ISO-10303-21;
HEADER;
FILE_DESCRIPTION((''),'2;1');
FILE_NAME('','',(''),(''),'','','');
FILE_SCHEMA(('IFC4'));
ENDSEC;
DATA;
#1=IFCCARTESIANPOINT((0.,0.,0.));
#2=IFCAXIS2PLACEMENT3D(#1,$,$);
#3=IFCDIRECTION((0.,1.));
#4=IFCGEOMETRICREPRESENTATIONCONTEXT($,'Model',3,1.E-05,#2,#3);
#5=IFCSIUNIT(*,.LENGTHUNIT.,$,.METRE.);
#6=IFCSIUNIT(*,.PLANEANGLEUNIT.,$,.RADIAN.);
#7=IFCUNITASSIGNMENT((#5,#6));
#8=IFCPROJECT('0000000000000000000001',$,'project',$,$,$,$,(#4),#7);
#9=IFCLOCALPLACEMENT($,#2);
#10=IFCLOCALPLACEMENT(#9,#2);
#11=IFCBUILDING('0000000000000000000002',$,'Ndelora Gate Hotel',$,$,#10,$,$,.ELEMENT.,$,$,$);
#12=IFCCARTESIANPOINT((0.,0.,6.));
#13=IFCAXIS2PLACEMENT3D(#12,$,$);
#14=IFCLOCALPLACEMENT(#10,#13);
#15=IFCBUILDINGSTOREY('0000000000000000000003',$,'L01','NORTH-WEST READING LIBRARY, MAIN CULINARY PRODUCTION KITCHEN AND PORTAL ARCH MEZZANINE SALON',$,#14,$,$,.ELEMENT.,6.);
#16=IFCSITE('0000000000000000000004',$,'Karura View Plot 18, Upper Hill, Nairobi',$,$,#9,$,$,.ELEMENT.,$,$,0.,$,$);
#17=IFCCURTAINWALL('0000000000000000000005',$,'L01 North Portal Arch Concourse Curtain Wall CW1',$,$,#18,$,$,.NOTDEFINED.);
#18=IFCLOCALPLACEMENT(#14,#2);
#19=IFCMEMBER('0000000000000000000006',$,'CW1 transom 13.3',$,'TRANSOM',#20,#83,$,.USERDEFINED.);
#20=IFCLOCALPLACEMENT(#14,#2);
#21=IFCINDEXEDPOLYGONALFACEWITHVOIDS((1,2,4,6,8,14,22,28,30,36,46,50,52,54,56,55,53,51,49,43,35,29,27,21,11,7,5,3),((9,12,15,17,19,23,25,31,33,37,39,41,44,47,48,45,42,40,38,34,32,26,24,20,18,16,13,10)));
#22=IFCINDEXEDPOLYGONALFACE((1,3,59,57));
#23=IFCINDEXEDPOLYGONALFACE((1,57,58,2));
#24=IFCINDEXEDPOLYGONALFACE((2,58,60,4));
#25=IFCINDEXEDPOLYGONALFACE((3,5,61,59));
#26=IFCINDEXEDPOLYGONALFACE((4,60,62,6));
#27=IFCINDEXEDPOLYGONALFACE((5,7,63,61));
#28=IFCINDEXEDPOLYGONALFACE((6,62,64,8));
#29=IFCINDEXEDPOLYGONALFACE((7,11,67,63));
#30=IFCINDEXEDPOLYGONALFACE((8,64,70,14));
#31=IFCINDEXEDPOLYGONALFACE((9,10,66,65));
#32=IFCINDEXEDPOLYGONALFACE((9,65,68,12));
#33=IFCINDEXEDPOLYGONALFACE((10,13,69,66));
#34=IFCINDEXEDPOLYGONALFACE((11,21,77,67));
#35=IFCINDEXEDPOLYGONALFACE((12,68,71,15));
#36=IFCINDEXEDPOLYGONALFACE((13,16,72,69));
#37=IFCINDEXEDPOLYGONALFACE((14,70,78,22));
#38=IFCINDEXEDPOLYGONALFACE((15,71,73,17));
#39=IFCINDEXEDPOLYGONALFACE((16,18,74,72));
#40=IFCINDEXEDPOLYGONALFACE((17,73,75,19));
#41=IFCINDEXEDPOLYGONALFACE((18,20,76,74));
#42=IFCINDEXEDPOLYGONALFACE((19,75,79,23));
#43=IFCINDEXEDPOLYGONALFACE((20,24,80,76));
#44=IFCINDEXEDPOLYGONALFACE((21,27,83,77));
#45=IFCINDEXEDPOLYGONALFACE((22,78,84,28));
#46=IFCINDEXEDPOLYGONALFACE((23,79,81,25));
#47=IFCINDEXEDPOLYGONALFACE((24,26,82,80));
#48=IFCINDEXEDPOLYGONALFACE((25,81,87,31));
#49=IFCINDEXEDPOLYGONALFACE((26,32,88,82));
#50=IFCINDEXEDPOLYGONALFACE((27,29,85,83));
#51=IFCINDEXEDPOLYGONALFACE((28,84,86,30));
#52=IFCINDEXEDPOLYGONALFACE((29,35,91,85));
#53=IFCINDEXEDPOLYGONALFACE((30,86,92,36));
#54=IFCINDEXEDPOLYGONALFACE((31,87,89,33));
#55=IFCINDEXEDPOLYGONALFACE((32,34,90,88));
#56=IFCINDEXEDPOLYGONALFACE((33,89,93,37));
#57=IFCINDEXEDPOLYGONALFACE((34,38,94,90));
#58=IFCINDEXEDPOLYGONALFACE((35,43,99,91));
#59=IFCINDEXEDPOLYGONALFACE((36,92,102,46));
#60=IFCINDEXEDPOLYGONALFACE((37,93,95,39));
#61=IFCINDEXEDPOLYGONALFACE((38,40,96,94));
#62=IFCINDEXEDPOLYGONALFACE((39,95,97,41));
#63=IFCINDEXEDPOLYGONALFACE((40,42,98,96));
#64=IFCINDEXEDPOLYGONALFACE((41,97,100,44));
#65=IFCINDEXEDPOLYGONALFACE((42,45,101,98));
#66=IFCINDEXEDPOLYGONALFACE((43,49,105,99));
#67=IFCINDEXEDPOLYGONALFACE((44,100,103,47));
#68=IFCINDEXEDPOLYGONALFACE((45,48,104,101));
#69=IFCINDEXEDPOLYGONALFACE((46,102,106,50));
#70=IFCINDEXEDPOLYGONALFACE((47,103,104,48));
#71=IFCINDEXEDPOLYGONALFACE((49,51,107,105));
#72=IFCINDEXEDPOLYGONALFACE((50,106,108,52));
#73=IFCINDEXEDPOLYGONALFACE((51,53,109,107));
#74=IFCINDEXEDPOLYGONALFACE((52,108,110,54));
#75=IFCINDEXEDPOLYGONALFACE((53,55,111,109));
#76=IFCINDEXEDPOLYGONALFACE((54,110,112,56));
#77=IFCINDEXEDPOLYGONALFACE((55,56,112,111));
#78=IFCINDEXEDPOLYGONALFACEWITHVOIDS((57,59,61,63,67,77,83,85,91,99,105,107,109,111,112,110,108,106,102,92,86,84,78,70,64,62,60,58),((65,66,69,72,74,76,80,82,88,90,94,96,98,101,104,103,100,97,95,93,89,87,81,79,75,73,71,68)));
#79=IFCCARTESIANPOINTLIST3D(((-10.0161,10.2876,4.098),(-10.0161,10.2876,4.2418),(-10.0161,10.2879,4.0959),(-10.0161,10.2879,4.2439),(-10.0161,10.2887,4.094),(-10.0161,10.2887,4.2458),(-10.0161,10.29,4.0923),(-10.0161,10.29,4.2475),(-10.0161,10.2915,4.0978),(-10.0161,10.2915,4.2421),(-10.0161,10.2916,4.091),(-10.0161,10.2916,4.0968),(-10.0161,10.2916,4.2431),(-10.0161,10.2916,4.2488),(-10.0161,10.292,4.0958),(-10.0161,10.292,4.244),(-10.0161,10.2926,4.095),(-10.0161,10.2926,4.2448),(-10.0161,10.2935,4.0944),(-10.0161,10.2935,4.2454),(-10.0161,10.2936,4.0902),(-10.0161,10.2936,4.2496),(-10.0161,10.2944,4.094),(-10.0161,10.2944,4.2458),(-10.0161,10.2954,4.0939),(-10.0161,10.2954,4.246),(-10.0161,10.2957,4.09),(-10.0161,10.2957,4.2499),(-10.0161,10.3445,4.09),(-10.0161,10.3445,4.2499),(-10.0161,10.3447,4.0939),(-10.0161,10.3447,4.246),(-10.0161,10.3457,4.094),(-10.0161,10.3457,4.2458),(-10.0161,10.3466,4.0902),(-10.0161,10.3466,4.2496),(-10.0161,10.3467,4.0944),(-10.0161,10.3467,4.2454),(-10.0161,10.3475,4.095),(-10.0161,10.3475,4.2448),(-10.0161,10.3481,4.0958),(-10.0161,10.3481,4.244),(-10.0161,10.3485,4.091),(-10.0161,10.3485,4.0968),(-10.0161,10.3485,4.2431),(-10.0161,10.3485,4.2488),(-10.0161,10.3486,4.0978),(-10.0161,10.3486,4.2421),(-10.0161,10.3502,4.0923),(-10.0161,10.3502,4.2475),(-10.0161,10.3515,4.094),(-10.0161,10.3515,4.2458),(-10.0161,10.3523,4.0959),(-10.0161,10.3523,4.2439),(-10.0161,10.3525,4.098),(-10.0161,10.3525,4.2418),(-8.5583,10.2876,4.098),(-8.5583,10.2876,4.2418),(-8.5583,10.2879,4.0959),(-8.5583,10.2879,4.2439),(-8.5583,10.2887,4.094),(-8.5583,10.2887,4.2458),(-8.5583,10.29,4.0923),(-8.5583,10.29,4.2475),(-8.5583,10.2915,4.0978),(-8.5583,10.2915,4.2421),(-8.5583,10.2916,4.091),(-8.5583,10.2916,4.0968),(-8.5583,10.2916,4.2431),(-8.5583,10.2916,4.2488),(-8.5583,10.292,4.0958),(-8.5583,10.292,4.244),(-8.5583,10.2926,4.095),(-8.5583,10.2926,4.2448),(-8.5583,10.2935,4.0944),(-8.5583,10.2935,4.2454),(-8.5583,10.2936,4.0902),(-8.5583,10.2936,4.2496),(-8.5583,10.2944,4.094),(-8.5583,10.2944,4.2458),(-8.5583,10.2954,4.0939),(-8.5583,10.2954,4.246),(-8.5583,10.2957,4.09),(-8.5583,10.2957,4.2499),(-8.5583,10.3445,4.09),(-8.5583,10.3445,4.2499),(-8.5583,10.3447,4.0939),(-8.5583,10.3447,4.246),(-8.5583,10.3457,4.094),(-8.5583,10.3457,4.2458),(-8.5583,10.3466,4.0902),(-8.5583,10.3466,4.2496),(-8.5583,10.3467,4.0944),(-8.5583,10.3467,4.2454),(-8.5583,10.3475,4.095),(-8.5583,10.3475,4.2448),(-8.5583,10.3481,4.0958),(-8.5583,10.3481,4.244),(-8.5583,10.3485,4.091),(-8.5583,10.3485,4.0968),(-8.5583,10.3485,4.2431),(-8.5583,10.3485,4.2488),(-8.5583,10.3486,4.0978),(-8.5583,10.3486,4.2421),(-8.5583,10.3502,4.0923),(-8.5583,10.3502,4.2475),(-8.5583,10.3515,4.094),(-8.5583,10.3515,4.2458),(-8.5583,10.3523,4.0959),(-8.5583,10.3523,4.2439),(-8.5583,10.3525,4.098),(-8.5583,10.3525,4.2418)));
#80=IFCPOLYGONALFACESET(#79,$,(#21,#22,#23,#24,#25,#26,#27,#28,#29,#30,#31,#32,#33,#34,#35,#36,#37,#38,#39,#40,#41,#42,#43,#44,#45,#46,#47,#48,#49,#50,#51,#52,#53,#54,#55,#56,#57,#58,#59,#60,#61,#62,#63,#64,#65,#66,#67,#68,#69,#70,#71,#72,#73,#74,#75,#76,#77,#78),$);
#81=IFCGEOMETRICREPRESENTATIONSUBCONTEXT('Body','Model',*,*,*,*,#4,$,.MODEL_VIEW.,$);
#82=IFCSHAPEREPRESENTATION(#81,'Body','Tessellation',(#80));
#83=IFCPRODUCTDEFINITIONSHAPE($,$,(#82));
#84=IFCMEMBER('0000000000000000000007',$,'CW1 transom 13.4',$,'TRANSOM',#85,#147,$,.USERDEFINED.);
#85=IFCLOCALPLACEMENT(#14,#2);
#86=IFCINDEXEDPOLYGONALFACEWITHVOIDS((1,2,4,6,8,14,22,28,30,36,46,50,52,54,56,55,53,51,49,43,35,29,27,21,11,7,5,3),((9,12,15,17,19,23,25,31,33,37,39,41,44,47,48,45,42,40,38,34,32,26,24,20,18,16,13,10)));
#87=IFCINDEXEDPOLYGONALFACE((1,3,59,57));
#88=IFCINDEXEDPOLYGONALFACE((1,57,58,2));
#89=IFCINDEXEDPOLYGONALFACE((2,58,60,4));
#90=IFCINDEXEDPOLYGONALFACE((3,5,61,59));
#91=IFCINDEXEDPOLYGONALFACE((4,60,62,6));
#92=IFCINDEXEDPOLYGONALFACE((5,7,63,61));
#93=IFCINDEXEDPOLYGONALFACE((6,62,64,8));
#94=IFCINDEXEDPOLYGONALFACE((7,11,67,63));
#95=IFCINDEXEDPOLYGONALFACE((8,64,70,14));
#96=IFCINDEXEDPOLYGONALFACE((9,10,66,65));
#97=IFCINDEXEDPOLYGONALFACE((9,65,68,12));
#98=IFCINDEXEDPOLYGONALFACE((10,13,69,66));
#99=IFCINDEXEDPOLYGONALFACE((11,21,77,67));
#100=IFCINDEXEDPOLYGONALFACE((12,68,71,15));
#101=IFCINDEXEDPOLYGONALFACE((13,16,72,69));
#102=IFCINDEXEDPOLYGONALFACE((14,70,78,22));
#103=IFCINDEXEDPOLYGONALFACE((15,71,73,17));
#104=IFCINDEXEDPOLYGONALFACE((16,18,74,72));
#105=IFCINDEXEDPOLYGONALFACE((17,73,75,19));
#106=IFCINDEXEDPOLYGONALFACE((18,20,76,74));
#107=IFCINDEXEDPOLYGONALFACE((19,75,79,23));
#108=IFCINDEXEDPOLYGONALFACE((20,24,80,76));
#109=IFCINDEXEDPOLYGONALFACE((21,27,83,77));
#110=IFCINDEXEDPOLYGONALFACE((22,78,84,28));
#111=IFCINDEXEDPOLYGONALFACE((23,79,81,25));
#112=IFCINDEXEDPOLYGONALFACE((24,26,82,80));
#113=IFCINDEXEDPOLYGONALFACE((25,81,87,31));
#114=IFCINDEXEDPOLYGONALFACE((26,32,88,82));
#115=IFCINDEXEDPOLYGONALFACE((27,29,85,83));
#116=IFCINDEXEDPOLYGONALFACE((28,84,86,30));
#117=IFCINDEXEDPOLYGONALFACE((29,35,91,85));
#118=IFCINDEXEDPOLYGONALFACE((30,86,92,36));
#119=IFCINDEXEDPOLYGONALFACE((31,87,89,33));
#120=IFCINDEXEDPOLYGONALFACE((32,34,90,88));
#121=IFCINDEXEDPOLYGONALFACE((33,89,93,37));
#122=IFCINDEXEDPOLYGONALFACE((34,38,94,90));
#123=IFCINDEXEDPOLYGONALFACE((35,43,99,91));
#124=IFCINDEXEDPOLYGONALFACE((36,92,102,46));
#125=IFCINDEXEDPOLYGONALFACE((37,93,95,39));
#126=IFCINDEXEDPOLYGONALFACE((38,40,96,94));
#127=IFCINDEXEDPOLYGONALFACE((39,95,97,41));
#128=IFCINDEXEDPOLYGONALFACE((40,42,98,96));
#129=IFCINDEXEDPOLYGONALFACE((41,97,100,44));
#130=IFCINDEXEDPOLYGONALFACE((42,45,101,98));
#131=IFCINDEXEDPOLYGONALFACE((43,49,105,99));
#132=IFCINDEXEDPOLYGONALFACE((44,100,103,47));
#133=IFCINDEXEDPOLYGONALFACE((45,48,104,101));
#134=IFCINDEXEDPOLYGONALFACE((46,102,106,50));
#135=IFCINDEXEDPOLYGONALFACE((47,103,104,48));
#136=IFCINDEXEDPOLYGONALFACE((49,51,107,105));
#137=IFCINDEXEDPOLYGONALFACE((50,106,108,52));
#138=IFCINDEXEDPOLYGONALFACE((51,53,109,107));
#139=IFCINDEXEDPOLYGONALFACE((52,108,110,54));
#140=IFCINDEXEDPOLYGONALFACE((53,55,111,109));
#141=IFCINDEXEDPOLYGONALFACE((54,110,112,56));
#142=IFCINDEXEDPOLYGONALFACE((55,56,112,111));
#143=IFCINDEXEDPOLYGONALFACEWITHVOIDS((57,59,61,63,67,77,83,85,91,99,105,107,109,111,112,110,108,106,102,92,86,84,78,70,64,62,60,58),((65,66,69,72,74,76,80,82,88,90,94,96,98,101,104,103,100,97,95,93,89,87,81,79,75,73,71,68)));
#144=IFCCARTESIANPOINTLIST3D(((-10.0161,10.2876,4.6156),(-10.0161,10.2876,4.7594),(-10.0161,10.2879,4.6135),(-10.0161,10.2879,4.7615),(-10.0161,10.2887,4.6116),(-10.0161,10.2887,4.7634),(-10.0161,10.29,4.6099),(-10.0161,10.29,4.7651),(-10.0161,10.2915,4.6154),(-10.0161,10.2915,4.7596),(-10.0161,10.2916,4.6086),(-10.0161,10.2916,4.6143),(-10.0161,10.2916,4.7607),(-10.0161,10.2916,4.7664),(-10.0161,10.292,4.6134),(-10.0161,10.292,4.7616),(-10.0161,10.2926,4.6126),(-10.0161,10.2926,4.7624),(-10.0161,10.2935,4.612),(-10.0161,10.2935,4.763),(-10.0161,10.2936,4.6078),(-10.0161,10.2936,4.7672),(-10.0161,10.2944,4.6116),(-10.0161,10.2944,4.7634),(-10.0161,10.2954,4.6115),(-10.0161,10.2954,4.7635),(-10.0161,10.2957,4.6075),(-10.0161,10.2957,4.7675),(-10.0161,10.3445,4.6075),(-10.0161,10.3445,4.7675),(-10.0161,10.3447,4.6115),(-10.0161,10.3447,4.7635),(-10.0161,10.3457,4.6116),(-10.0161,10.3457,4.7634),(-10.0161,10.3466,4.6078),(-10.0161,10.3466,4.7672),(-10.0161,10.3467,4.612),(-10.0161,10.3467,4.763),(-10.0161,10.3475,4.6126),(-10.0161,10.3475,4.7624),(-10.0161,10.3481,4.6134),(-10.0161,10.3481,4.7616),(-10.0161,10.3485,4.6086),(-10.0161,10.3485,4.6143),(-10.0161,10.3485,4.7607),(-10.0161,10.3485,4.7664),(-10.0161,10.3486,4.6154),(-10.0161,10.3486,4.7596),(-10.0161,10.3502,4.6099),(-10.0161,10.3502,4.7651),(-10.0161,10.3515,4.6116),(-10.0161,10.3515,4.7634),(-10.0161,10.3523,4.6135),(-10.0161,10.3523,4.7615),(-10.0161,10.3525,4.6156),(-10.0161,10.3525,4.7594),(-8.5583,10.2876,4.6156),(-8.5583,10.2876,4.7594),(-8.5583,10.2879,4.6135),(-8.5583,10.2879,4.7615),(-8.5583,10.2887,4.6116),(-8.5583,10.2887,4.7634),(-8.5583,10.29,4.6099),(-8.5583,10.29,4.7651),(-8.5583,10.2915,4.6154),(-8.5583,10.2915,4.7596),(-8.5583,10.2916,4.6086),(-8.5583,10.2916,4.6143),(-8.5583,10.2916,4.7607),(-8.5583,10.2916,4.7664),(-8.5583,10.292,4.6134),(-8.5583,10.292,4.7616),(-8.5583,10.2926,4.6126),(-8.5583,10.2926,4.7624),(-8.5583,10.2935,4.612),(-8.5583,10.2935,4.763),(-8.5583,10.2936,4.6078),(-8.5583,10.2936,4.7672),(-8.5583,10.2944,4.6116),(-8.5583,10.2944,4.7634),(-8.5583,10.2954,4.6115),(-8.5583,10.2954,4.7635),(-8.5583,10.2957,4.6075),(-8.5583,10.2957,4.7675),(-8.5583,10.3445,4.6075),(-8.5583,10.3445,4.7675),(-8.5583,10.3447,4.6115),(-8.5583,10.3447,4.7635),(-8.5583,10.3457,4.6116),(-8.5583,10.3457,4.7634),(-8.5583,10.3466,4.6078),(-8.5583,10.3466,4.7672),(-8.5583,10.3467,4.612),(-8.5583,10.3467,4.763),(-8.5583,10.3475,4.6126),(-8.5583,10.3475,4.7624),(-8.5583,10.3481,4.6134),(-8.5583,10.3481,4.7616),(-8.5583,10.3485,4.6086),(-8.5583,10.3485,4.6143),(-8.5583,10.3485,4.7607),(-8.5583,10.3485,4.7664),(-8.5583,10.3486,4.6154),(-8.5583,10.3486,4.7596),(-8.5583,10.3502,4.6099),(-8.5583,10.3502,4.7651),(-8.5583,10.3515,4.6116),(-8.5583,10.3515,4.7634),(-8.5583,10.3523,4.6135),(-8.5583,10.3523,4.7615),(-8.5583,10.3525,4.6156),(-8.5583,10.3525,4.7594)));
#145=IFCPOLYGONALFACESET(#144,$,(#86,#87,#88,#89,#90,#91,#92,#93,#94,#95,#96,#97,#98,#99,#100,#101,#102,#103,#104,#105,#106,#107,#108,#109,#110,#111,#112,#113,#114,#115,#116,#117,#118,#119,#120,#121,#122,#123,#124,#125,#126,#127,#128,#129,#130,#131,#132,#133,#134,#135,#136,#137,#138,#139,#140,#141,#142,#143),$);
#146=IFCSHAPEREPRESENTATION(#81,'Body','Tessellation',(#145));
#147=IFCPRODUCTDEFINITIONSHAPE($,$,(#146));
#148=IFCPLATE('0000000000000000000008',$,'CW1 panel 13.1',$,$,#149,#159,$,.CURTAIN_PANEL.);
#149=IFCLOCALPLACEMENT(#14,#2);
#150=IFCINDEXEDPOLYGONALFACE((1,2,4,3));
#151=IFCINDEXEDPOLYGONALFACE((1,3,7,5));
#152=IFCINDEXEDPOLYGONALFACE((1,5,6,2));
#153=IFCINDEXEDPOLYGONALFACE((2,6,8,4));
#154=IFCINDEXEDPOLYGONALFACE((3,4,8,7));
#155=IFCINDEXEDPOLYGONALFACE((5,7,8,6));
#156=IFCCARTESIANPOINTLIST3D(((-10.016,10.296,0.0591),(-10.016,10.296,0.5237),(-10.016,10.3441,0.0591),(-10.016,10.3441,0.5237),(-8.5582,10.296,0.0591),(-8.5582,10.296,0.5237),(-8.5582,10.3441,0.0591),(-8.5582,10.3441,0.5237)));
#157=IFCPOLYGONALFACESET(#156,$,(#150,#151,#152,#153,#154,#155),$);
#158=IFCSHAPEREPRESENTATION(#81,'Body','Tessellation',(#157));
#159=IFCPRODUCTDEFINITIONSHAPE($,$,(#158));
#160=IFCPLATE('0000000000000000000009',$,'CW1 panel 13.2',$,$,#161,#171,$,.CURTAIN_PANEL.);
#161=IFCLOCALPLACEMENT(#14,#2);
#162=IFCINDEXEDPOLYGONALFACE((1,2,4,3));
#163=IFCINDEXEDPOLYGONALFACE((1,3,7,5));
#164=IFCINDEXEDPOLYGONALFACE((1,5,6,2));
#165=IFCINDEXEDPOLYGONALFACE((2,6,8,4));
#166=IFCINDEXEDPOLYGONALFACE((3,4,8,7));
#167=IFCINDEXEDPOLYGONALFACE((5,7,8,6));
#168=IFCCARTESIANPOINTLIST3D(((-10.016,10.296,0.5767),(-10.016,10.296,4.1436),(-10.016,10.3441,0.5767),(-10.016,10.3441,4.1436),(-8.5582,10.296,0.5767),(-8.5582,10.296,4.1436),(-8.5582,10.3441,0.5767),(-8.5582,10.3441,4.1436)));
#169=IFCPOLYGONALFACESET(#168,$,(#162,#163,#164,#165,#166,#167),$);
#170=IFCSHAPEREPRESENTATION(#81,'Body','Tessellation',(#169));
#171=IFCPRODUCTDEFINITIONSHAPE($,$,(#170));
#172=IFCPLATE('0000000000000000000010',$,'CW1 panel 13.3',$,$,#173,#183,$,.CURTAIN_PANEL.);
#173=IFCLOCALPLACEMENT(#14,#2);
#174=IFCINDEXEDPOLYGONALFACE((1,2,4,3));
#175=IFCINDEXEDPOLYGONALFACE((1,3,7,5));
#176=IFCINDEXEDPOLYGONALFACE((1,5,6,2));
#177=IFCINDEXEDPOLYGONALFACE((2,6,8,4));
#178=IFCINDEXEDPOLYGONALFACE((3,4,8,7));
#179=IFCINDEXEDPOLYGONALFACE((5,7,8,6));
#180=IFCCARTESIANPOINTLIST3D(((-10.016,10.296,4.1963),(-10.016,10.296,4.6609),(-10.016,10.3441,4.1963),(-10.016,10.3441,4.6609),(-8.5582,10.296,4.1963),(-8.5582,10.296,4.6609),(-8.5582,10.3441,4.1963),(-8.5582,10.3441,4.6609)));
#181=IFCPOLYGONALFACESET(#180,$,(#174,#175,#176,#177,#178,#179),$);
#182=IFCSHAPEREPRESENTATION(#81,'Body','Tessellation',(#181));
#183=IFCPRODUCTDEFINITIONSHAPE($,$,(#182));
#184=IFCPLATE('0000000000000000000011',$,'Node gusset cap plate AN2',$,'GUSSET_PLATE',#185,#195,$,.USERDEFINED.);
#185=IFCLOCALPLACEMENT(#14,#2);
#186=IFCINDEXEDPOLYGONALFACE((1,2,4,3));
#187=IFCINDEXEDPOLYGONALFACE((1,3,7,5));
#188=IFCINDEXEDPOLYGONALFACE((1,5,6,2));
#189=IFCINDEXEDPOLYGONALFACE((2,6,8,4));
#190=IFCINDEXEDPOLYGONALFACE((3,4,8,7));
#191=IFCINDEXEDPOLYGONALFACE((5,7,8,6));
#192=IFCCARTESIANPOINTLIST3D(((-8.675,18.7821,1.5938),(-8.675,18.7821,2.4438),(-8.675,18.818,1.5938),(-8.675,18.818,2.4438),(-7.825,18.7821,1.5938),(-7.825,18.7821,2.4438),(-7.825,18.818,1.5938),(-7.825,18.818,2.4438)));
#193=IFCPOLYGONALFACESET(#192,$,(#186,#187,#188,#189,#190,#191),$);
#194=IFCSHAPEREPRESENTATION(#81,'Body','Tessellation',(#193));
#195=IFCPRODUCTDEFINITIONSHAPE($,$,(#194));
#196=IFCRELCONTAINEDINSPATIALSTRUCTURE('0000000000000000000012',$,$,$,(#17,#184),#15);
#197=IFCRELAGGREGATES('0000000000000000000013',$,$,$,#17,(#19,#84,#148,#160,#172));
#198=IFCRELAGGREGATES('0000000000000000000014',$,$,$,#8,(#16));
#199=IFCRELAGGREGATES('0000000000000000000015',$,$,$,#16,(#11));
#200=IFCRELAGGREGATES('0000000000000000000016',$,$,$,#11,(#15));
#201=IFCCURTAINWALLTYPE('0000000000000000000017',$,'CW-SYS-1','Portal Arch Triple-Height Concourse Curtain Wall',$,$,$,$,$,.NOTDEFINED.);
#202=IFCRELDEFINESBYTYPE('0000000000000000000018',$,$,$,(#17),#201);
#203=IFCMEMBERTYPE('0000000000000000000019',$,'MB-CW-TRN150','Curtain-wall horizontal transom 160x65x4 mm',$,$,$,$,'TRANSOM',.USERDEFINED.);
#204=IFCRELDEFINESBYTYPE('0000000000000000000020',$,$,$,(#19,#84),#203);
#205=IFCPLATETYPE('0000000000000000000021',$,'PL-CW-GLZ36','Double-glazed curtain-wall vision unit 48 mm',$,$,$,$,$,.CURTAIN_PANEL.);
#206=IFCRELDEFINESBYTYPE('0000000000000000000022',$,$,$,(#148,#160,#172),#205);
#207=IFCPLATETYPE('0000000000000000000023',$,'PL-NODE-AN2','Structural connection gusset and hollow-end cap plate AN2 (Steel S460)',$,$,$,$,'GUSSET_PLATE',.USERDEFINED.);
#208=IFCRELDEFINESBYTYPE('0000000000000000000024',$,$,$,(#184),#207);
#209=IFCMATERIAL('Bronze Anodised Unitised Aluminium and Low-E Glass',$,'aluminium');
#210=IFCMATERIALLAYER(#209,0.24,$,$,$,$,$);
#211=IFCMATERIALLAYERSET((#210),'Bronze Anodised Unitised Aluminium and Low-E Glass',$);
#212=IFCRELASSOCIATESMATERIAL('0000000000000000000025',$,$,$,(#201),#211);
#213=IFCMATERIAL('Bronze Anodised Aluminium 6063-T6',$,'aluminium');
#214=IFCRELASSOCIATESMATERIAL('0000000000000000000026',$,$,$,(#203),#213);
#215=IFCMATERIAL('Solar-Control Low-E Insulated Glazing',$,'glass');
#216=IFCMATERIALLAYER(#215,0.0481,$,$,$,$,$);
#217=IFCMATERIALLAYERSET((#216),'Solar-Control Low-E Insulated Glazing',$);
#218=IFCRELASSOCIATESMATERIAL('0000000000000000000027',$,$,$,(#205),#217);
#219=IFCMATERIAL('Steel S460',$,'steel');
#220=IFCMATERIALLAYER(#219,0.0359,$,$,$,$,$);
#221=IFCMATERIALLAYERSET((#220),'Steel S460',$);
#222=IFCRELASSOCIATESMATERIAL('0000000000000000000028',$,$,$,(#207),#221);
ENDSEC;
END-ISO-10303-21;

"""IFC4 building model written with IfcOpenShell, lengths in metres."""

from ifc_helpers import new_model, si_unit, direction, frame, origin, origin_2d, place, context, subcontext, project, spatial, rectangle, hollow_rectangle, extrude, material, layer, layer_set, material_profile, profile_set, type_object, element, aggregate, save


model = new_model("IFC4")

# Units and contexts
model_context = context("Model", 3, precision=1e-05, world=origin(), true_north=direction((0.0, 1.0)))
body_context = subcontext(model_context, "Body", "Model", "MODEL_VIEW")
ifc_project = project(units=[si_unit("LENGTHUNIT", "METRE"), si_unit("PLANEANGLEUNIT", "RADIAN")], contexts=[model_context])

# Site, building, storey
site_placement = place(None, origin())
site = spatial("IfcSite", under=ifc_project, at=site_placement, Name="Karura View Plot 18, Upper Hill, Nairobi", CompositionType="ELEMENT", RefElevation=0.0)
building_placement = place(site_placement, origin())
building = spatial("IfcBuilding", under=site, at=building_placement, Name="Ndelora Gate Hotel", CompositionType="ELEMENT")
storey_placement = place(building_placement, frame((0.0, 0.0, 6.0)))
storey = spatial("IfcBuildingStorey", under=building, at=storey_placement, Name="L01", Description="NORTH-WEST READING LIBRARY, MAIN CULINARY PRODUCTION KITCHEN AND PORTAL ARCH MEZZANINE SALON", CompositionType="ELEMENT", Elevation=6.0)

# Shared definitions
ifc_material_1 = material(Name="Steel S460", Category="steel")

# Curtain wall, members, plates
ifc_material_2 = material(Name="Bronze Anodised Unitised Aluminium and Low-E Glass", Category="aluminium")
ifc_layer_1 = layer(ifc_material_2, 0.24)
ifc_layer_set_1 = layer_set([ifc_layer_1], Name="Bronze Anodised Unitised Aluminium and Low-E Glass")
curtain_wall_type = type_object("IfcCurtainWallType", Name="CW-SYS-1", Description="Portal Arch Triple-Height Concourse Curtain Wall", PredefinedType="NOTDEFINED", material=ifc_layer_set_1)
curtain_wall_placement = place(storey_placement, origin())
curtain_wall = element("IfcCurtainWall", 1, at=curtain_wall_placement, inside=storey, type_object=curtain_wall_type, Name="L01 North Portal Arch Concourse Curtain Wall CW1", PredefinedType="NOTDEFINED")
ifc_material_3 = material(Name="Bronze Anodised Aluminium 6063-T6", Category="aluminium")
ifc_material_profile_1 = material_profile(ifc_material_3, hollow_rectangle(XDim=0.0649, YDim=0.1599, WallThickness=0.0039, InnerFilletRadius=0.0039, OuterFilletRadius=0.0081, at=origin_2d()), Name="ALU 160x65x4")
ifc_profile_set_1 = profile_set([ifc_material_profile_1], Name="Bronze Anodised Aluminium 6063-T6")
member_type_1 = type_object("IfcMemberType", Name="MB-CW-TRN150", Description="Curtain-wall horizontal transom 160x65x4 mm", ElementType="TRANSOM", PredefinedType="USERDEFINED", material=ifc_profile_set_1)
member_1_placement = place(storey_placement, frame((-8.5583, 10.3201, 4.1699), z_axis=(-1.0, 0.0, 0.0), x_axis=(0.0, -1.0, 0.0)))
member_1 = element("IfcMember", 2, at=member_1_placement, type_object=member_type_1, Name="CW1 transom 13.3", ObjectType="TRANSOM", PredefinedType="USERDEFINED", context=body_context, shape_type="SweptSolid", body=[
    extrude(hollow_rectangle(XDim=0.0649, YDim=0.1599, WallThickness=0.0039, InnerFilletRadius=0.0039, OuterFilletRadius=0.0081, at=origin_2d()), origin(), (0.0, 0.0, 1.0), 1.4578),
])
member_2_placement = place(storey_placement, frame((-8.5583, 10.3201, 4.6875), z_axis=(-1.0, 0.0, 0.0), x_axis=(0.0, -1.0, 0.0)))
member_2 = element("IfcMember", 3, at=member_2_placement, type_object=member_type_1, Name="CW1 transom 13.4", ObjectType="TRANSOM", PredefinedType="USERDEFINED", context=body_context, shape_type="SweptSolid", body=[
    extrude(hollow_rectangle(XDim=0.0649, YDim=0.1599, WallThickness=0.0039, InnerFilletRadius=0.0039, OuterFilletRadius=0.0081, at=origin_2d()), origin(), (0.0, 0.0, 1.0), 1.4578),
])
ifc_material_4 = material(Name="Solar-Control Low-E Insulated Glazing", Category="glass")
ifc_layer_2 = layer(ifc_material_4, 0.0481)
ifc_layer_set_2 = layer_set([ifc_layer_2], Name="Solar-Control Low-E Insulated Glazing")
plate_type_1 = type_object("IfcPlateType", Name="PL-CW-GLZ36", Description="Double-glazed curtain-wall vision unit 48 mm", PredefinedType="CURTAIN_PANEL", material=ifc_layer_set_2)
plate_1_placement = place(storey_placement, frame((-9.2871, 10.3201, 0.0591), z_axis=(0.0, 0.0, 1.0), x_axis=(-1.0, 0.0, 0.0)))
plate_1 = element("IfcPlate", 4, at=plate_1_placement, type_object=plate_type_1, Name="CW1 panel 13.1", PredefinedType="CURTAIN_PANEL", context=body_context, shape_type="SweptSolid", body=[
    extrude(rectangle(XDim=1.4578, YDim=0.0481, at=origin_2d()), origin(), (0.0, 0.0, 1.0), 0.4646),
])
plate_2_placement = place(storey_placement, frame((-9.2871, 10.3201, 0.5767), z_axis=(0.0, 0.0, 1.0), x_axis=(-1.0, 0.0, 0.0)))
plate_2 = element("IfcPlate", 5, at=plate_2_placement, type_object=plate_type_1, Name="CW1 panel 13.2", PredefinedType="CURTAIN_PANEL", context=body_context, shape_type="SweptSolid", body=[
    extrude(rectangle(XDim=1.4578, YDim=0.0481, at=origin_2d()), origin(), (0.0, 0.0, 1.0), 3.5669),
])
plate_3_placement = place(storey_placement, frame((-9.2871, 10.3201, 4.1963), z_axis=(0.0, 0.0, 1.0), x_axis=(-1.0, 0.0, 0.0)))
plate_3 = element("IfcPlate", 6, at=plate_3_placement, type_object=plate_type_1, Name="CW1 panel 13.3", PredefinedType="CURTAIN_PANEL", context=body_context, shape_type="SweptSolid", body=[
    extrude(rectangle(XDim=1.4578, YDim=0.0481, at=origin_2d()), origin(), (0.0, 0.0, 1.0), 0.4646),
])
aggregate(curtain_wall, [member_1, member_2, plate_1, plate_2, plate_3])

# Plate
ifc_layer_3 = layer(ifc_material_1, 0.0359)
ifc_layer_set_3 = layer_set([ifc_layer_3], Name="Steel S460")
plate_type_2 = type_object("IfcPlateType", Name="PL-NODE-AN2", Description="Structural connection gusset and hollow-end cap plate AN2 (Steel S460)", ElementType="GUSSET_PLATE", PredefinedType="USERDEFINED", material=ifc_layer_set_3)
plate_4_placement = place(storey_placement, frame((-8.25, 18.8, 1.5938), z_axis=(0.0, 0.0, 1.0), x_axis=(1.0, 0.0, 0.0)))
element("IfcPlate", 7, at=plate_4_placement, inside=storey, type_object=plate_type_2, Name="Node gusset cap plate AN2", ObjectType="GUSSET_PLATE", PredefinedType="USERDEFINED", context=body_context, shape_type="SweptSolid", body=[
    extrude(rectangle(XDim=0.8501, YDim=0.0359, at=origin_2d()), origin(), (0.0, 0.0, 1.0), 0.8501),
])

save(model, "model.ifc")
